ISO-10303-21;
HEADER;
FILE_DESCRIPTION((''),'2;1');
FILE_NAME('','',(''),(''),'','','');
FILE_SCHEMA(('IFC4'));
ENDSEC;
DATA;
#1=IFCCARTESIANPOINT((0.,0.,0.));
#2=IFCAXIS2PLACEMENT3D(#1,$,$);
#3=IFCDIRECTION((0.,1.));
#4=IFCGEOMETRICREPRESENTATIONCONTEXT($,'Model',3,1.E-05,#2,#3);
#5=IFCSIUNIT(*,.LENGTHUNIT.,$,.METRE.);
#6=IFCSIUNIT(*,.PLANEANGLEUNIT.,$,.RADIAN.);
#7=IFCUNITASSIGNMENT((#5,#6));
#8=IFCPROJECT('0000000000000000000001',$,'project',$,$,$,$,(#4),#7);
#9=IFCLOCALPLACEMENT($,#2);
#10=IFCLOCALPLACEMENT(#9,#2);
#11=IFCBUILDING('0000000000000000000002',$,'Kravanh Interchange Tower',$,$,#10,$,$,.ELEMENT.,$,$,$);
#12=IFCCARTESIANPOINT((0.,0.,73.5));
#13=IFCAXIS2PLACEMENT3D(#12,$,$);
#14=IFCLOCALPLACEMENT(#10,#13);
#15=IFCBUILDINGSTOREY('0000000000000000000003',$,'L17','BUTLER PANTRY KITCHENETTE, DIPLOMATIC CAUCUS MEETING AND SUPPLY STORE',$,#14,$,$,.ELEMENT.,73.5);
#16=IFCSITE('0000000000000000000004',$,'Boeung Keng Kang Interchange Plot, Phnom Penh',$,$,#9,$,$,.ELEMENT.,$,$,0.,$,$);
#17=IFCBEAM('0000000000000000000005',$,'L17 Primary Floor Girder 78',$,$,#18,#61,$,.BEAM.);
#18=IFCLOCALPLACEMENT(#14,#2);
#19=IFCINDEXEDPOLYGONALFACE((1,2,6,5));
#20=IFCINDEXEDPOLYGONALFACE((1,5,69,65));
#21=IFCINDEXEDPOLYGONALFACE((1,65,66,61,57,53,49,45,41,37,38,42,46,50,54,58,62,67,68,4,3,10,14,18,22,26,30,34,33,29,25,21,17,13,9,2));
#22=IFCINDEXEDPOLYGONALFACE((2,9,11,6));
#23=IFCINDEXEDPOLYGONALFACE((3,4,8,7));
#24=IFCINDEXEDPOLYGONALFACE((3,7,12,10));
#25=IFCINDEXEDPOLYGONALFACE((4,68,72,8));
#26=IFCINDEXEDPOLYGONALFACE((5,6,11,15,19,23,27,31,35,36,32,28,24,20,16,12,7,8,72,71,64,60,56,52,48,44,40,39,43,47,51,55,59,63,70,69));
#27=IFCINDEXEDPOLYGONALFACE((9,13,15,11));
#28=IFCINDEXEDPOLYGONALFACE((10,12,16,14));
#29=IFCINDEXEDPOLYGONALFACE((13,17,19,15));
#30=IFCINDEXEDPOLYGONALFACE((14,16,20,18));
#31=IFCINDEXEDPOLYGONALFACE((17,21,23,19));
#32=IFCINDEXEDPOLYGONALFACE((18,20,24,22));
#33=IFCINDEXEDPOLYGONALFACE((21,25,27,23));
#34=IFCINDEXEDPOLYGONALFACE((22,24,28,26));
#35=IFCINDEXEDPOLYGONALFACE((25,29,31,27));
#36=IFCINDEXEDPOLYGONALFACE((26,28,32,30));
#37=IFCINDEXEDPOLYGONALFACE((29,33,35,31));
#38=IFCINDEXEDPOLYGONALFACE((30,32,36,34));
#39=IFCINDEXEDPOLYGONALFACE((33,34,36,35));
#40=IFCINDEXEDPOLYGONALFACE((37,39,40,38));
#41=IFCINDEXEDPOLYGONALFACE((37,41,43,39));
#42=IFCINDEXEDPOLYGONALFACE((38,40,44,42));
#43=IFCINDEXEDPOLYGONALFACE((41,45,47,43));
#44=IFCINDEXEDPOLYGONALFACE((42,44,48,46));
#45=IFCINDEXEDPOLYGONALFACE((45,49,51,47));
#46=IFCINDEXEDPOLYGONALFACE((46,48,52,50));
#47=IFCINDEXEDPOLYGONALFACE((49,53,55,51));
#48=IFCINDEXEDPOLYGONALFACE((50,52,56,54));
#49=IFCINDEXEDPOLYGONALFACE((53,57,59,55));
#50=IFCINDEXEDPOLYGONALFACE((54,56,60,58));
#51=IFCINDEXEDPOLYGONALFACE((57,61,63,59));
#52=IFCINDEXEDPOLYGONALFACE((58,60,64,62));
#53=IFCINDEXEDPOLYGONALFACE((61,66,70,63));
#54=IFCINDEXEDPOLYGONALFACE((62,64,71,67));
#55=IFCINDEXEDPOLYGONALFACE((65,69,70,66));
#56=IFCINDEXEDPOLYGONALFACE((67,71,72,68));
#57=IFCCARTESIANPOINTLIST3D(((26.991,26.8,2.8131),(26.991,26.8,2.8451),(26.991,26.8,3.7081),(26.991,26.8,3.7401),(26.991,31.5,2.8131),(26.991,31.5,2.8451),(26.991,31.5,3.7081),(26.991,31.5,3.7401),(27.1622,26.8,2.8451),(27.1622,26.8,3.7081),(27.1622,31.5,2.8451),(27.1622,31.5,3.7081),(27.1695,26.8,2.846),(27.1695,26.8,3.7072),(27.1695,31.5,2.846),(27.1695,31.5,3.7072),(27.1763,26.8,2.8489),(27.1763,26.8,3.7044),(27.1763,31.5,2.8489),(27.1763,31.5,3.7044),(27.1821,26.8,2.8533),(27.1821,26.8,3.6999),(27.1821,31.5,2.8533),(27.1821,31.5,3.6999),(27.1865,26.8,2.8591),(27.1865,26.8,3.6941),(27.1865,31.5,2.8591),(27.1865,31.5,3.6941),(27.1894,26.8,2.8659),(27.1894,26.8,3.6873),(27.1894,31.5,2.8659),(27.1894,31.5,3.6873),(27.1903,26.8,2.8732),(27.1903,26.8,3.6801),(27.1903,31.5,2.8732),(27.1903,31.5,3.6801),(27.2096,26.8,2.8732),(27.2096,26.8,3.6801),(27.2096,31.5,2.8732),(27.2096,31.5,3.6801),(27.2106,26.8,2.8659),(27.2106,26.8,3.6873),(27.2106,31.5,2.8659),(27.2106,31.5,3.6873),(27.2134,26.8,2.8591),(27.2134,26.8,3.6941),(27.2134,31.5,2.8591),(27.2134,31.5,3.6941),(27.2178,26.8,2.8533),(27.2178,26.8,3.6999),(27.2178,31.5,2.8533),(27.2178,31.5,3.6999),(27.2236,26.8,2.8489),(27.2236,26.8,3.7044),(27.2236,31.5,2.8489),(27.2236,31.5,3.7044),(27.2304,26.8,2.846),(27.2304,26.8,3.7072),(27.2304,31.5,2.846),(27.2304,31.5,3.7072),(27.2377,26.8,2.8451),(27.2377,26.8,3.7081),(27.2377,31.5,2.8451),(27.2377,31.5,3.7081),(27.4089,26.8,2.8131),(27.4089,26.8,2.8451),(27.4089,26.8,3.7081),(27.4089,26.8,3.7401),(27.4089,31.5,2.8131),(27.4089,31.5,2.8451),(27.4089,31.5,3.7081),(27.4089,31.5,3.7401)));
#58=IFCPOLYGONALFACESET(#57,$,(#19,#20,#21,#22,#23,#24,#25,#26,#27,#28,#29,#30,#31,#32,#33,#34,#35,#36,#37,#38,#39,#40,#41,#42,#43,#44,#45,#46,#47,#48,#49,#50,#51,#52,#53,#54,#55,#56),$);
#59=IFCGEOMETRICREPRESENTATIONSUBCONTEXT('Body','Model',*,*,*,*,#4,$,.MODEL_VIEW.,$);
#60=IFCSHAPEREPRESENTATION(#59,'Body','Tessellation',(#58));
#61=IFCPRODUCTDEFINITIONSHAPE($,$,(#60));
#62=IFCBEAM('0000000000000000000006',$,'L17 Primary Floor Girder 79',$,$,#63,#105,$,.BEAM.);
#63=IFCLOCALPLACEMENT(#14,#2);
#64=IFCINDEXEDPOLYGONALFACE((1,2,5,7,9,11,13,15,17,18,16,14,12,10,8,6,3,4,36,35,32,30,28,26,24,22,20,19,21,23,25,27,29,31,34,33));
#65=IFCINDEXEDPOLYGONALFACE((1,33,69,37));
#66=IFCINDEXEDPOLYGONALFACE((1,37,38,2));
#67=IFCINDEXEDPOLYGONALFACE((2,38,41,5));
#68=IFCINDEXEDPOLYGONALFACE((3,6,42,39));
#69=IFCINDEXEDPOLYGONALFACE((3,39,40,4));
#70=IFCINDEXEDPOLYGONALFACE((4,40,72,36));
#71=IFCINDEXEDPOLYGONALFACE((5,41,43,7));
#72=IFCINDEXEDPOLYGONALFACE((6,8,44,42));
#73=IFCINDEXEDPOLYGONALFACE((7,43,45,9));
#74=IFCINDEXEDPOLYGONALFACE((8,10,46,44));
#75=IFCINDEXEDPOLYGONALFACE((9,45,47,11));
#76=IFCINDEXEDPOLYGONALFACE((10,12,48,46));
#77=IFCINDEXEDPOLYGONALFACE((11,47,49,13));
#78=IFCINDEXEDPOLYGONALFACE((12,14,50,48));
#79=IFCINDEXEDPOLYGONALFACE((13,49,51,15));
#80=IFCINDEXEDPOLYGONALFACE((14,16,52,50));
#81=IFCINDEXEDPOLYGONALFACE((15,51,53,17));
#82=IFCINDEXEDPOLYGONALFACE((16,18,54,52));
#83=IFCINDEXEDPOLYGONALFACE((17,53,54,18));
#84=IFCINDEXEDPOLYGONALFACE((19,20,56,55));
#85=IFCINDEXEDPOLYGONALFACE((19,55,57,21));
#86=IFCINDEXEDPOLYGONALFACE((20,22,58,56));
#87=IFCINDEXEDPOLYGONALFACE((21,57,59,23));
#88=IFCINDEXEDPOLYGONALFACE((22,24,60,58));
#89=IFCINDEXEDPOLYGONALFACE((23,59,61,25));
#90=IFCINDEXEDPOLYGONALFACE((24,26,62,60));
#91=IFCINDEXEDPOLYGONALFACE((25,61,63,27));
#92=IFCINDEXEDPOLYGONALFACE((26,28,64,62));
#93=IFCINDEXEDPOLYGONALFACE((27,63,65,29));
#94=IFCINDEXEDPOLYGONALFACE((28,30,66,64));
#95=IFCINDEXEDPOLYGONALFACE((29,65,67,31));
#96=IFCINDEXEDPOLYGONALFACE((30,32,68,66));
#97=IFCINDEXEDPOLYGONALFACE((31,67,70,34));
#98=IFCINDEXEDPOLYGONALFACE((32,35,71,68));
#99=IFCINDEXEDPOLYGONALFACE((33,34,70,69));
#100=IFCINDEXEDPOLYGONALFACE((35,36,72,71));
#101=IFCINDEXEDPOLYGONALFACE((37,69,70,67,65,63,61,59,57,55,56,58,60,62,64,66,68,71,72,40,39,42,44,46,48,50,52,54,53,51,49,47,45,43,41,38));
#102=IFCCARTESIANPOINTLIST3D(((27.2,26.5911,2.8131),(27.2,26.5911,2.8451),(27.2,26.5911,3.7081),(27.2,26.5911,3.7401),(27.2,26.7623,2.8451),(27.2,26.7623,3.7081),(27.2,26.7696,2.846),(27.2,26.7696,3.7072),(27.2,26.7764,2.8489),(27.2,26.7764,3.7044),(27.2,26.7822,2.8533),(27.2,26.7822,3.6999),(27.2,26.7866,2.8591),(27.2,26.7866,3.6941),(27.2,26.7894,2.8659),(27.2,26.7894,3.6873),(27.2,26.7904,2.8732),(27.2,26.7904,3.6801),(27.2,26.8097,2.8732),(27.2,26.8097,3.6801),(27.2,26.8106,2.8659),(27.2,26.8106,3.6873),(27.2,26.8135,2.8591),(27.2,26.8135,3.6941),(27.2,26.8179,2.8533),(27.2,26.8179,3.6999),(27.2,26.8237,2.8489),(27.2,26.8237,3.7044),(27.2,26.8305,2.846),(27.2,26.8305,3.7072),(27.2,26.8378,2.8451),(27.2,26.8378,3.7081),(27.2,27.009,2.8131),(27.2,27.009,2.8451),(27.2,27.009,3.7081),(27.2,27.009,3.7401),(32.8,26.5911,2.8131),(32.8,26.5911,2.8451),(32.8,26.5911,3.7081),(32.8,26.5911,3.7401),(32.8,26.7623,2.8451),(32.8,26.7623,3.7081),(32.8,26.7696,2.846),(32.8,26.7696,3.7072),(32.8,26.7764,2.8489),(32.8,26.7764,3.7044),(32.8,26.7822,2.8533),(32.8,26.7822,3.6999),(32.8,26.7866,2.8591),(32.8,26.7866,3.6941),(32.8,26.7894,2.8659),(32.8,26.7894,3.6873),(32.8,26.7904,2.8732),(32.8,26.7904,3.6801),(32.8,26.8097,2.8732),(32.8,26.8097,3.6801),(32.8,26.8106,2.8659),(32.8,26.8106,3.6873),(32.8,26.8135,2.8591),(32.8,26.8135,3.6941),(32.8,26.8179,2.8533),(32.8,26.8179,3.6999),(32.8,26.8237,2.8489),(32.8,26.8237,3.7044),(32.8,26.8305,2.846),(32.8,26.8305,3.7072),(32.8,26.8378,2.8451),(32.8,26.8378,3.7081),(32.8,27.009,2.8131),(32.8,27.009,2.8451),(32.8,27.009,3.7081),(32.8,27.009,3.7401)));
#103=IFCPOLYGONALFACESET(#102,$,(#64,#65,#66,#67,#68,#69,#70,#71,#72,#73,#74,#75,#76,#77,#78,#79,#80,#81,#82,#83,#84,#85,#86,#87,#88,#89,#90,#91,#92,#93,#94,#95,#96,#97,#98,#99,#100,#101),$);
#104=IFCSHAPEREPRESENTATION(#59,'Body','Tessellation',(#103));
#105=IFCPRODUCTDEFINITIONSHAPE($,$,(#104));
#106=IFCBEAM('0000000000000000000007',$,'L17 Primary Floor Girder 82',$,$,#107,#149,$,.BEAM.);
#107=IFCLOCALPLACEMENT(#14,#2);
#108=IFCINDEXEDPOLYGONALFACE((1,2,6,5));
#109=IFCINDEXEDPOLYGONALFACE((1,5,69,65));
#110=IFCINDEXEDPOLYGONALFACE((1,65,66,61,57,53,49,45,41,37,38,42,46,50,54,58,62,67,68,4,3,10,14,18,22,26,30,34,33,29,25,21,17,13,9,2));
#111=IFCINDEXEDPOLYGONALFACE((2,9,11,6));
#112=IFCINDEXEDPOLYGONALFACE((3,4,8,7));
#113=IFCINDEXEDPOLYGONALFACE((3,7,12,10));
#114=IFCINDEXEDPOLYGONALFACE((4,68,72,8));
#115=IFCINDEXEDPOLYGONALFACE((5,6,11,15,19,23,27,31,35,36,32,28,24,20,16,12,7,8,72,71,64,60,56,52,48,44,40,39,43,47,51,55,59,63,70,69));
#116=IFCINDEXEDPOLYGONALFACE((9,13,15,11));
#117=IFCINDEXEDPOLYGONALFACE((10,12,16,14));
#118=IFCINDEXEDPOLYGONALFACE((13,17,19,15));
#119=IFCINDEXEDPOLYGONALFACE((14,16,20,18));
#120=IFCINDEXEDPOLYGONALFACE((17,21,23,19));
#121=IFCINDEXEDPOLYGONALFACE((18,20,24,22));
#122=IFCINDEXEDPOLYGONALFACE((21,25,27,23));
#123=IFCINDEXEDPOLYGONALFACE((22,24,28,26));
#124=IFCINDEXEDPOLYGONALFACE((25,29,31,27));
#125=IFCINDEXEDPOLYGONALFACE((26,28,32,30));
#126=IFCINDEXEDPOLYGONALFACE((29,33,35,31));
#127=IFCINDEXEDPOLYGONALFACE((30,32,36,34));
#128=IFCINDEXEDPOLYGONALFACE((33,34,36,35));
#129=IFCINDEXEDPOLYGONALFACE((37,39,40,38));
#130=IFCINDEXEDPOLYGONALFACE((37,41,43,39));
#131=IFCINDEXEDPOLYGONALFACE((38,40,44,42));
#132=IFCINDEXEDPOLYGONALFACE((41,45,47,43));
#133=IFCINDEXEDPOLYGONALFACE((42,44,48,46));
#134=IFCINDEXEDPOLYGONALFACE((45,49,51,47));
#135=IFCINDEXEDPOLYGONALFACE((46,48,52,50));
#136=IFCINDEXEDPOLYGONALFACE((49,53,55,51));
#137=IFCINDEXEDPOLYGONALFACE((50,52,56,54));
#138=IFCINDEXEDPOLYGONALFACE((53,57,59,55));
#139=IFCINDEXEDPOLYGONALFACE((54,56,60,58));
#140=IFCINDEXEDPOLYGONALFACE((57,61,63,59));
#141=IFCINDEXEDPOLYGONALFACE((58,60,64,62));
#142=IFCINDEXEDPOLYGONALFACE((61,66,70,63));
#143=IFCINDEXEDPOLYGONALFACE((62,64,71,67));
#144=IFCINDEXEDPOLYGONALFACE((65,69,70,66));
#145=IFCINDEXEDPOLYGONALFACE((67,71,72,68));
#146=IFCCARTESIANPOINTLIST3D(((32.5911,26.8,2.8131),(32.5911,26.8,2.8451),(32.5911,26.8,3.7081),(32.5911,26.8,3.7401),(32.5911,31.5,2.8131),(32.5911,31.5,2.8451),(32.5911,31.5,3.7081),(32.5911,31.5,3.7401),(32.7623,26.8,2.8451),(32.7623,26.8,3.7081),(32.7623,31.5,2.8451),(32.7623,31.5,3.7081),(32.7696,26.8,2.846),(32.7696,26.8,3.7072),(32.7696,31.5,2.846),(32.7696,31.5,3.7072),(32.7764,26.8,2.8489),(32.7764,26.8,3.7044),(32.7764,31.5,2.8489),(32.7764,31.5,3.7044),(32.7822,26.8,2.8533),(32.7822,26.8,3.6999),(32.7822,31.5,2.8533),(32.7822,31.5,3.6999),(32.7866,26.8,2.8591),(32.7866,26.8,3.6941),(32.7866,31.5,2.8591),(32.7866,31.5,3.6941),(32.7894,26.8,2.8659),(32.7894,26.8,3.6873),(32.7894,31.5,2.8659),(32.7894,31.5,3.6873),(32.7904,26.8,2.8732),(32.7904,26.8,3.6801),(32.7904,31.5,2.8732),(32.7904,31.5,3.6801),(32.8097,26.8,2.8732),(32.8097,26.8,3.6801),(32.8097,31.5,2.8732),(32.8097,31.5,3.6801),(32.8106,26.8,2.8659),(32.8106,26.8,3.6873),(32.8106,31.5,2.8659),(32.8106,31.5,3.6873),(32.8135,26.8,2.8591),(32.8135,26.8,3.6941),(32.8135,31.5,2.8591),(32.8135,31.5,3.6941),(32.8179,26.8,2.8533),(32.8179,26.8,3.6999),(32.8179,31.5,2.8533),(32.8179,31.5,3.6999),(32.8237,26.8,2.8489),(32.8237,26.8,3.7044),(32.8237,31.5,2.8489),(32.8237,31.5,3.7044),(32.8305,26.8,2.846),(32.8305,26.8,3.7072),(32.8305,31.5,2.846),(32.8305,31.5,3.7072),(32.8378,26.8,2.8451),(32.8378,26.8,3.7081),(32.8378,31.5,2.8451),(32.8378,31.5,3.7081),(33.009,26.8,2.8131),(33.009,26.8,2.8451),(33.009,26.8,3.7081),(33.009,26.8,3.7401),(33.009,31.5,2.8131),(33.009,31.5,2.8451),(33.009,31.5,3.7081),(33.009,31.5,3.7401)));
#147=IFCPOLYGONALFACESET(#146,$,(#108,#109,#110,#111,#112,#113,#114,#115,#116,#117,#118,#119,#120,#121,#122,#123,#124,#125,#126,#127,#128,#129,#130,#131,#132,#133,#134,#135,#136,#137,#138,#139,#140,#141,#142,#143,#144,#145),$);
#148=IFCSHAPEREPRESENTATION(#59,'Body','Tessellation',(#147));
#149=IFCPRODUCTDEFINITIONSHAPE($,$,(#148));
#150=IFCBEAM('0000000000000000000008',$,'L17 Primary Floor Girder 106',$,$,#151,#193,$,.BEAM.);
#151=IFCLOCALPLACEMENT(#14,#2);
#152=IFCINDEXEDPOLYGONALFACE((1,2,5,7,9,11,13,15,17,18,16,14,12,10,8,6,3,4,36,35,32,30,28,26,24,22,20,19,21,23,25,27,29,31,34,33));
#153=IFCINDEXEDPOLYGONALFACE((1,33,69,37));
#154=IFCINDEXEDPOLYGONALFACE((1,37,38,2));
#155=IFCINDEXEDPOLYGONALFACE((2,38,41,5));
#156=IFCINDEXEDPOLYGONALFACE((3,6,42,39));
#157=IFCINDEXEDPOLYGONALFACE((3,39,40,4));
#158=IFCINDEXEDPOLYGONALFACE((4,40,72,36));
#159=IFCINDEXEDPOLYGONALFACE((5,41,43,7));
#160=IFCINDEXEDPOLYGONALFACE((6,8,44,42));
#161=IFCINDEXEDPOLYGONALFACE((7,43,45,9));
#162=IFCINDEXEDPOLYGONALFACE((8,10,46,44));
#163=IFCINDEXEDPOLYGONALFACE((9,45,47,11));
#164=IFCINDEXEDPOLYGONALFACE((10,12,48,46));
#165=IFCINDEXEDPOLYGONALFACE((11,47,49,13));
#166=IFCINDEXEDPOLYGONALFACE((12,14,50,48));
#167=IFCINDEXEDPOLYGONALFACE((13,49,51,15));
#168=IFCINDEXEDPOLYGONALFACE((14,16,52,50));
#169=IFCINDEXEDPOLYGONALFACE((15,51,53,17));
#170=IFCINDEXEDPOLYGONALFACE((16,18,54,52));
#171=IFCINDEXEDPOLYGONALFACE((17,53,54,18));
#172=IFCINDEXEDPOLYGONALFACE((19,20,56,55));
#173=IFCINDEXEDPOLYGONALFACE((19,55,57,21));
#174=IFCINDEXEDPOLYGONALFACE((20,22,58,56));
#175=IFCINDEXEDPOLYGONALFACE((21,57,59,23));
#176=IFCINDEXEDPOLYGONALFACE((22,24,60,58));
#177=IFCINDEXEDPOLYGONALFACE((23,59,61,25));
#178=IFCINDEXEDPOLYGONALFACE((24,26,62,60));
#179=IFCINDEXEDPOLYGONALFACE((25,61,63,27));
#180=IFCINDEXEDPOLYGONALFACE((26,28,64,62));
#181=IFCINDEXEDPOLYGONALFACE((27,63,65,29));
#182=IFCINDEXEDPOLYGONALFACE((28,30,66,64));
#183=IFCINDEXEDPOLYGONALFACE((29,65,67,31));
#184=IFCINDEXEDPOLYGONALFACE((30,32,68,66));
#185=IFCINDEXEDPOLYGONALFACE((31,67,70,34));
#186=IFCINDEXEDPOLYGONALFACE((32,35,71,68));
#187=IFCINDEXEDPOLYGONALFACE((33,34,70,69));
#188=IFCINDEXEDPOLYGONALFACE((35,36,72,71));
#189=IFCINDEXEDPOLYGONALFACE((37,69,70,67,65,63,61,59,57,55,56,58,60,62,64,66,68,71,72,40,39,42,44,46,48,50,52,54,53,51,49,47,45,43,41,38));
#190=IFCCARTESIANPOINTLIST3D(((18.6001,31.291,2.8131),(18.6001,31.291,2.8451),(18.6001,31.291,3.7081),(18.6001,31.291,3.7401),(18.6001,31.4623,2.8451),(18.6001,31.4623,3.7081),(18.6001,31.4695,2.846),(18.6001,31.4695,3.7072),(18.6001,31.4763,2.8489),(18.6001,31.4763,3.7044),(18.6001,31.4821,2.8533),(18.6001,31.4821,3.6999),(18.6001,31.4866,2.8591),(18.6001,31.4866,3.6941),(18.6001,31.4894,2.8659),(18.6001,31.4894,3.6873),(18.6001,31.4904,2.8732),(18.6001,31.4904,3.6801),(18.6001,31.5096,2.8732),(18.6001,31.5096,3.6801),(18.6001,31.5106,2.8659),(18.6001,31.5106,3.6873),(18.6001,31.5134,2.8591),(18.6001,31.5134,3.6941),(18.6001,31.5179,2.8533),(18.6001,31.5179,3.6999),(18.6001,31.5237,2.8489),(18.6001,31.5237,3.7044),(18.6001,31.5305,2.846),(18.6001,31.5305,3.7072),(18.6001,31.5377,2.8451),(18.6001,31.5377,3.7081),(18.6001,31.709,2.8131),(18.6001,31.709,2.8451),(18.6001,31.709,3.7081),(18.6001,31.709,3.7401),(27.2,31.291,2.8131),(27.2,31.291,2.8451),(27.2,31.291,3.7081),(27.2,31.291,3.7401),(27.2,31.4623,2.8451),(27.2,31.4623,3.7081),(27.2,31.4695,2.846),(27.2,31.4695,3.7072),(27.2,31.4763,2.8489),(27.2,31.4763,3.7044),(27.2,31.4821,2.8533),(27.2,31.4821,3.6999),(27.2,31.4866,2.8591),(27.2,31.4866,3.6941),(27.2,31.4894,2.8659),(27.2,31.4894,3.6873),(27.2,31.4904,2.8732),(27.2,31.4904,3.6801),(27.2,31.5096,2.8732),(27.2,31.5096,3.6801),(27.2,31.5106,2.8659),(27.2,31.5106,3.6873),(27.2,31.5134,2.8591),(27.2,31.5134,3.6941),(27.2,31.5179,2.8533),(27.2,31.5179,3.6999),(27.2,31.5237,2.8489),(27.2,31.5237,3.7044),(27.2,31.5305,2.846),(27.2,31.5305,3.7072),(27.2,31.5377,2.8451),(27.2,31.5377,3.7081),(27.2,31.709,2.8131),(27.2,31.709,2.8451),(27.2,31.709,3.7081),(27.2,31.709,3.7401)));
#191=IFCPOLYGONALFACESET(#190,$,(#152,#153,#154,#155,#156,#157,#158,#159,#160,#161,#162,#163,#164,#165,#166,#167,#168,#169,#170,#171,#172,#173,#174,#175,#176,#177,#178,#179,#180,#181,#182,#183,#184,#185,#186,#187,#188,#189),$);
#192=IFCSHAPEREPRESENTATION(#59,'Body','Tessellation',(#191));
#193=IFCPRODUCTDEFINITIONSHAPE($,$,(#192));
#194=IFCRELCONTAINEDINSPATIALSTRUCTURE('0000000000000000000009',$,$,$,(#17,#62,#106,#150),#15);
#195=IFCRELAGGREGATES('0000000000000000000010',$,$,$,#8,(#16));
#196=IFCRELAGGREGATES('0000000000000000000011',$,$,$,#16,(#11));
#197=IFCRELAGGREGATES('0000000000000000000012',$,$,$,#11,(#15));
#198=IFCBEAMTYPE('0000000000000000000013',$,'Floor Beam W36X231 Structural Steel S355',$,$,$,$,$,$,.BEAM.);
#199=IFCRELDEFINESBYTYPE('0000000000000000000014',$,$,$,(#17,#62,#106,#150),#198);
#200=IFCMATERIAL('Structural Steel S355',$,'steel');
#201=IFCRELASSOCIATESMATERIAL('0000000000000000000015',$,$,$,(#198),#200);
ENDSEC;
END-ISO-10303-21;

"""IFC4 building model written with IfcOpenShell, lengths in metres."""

from ifc_helpers import new_model, si_unit, direction, frame, origin, origin_2d, place, context, subcontext, project, spatial, i_section, extrude, material, material_profile, profile_set, type_object, element, save


model = new_model("IFC4")

# Units and contexts
model_context = context("Model", 3, precision=1e-05, world=origin(), true_north=direction((0.0, 1.0)))
body_context = subcontext(model_context, "Body", "Model", "MODEL_VIEW")
ifc_project = project(units=[si_unit("LENGTHUNIT", "METRE"), si_unit("PLANEANGLEUNIT", "RADIAN")], contexts=[model_context])

# Site, building, storey
site_placement = place(None, origin())
site = spatial("IfcSite", under=ifc_project, at=site_placement, Name="Boeung Keng Kang Interchange Plot, Phnom Penh", CompositionType="ELEMENT", RefElevation=0.0)
building_placement = place(site_placement, origin())
building = spatial("IfcBuilding", under=site, at=building_placement, Name="Kravanh Interchange Tower", CompositionType="ELEMENT")
storey_placement = place(building_placement, frame((0.0, 0.0, 73.5)))
storey = spatial("IfcBuildingStorey", under=building, at=storey_placement, Name="L17", Description="BUTLER PANTRY KITCHENETTE, DIPLOMATIC CAUCUS MEETING AND SUPPLY STORE", CompositionType="ELEMENT", Elevation=73.5)

# Beams
ifc_material_1 = material(Name="Structural Steel S355", Category="steel")
ifc_material_profile_1 = material_profile(ifc_material_1, i_section(OverallWidth=0.418, OverallDepth=0.927, WebThickness=0.0193, FlangeThickness=0.032, FilletRadius=0.0281, at=origin_2d()), Name="W36X231")
ifc_profile_set_1 = profile_set([ifc_material_profile_1], Name="Structural Steel S355")
beam_type_1 = type_object("IfcBeamType", Name="Floor Beam W36X231 Structural Steel S355", PredefinedType="BEAM", material=ifc_profile_set_1)
beam_1_placement = place(storey_placement, frame((27.2, 26.8, 3.2766), z_axis=(0.0, 1.0, 0.0), x_axis=(-1.0, 0.0, 0.0)))
element("IfcBeam", 1, at=beam_1_placement, inside=storey, type_object=beam_type_1, Name="L17 Primary Floor Girder 78", PredefinedType="BEAM", context=body_context, shape_type="SweptSolid", body=[
    extrude(i_section(OverallWidth=0.418, OverallDepth=0.927, WebThickness=0.0193, FlangeThickness=0.032, FilletRadius=0.0281, at=origin_2d()), origin(), (0.0, 0.0, 1.0), 4.7),
])
beam_2_placement = place(storey_placement, frame((27.2, 26.8, 3.2766), z_axis=(1.0, 0.0, 0.0), x_axis=(0.0, 1.0, 0.0)))
element("IfcBeam", 2, at=beam_2_placement, inside=storey, type_object=beam_type_1, Name="L17 Primary Floor Girder 79", PredefinedType="BEAM", context=body_context, shape_type="SweptSolid", body=[
    extrude(i_section(OverallWidth=0.418, OverallDepth=0.927, WebThickness=0.0193, FlangeThickness=0.032, FilletRadius=0.0281, at=origin_2d()), origin(), (0.0, 0.0, 1.0), 5.6001),
])
beam_3_placement = place(storey_placement, frame((32.8, 26.8, 3.2766), z_axis=(0.0, 1.0, 0.0), x_axis=(-1.0, 0.0, 0.0)))
element("IfcBeam", 3, at=beam_3_placement, inside=storey, type_object=beam_type_1, Name="L17 Primary Floor Girder 82", PredefinedType="BEAM", context=body_context, shape_type="SweptSolid", body=[
    extrude(i_section(OverallWidth=0.418, OverallDepth=0.927, WebThickness=0.0193, FlangeThickness=0.032, FilletRadius=0.0281, at=origin_2d()), origin(), (0.0, 0.0, 1.0), 4.7),
])
beam_4_placement = place(storey_placement, frame((18.6001, 31.5, 3.2766), z_axis=(1.0, 0.0, 0.0), x_axis=(0.0, 1.0, 0.0)))
element("IfcBeam", 4, at=beam_4_placement, inside=storey, type_object=beam_type_1, Name="L17 Primary Floor Girder 106", PredefinedType="BEAM", context=body_context, shape_type="SweptSolid", body=[
    extrude(i_section(OverallWidth=0.418, OverallDepth=0.927, WebThickness=0.0193, FlangeThickness=0.032, FilletRadius=0.0281, at=origin_2d()), origin(), (0.0, 0.0, 1.0), 8.5999),
])

save(model, "model.ifc")
